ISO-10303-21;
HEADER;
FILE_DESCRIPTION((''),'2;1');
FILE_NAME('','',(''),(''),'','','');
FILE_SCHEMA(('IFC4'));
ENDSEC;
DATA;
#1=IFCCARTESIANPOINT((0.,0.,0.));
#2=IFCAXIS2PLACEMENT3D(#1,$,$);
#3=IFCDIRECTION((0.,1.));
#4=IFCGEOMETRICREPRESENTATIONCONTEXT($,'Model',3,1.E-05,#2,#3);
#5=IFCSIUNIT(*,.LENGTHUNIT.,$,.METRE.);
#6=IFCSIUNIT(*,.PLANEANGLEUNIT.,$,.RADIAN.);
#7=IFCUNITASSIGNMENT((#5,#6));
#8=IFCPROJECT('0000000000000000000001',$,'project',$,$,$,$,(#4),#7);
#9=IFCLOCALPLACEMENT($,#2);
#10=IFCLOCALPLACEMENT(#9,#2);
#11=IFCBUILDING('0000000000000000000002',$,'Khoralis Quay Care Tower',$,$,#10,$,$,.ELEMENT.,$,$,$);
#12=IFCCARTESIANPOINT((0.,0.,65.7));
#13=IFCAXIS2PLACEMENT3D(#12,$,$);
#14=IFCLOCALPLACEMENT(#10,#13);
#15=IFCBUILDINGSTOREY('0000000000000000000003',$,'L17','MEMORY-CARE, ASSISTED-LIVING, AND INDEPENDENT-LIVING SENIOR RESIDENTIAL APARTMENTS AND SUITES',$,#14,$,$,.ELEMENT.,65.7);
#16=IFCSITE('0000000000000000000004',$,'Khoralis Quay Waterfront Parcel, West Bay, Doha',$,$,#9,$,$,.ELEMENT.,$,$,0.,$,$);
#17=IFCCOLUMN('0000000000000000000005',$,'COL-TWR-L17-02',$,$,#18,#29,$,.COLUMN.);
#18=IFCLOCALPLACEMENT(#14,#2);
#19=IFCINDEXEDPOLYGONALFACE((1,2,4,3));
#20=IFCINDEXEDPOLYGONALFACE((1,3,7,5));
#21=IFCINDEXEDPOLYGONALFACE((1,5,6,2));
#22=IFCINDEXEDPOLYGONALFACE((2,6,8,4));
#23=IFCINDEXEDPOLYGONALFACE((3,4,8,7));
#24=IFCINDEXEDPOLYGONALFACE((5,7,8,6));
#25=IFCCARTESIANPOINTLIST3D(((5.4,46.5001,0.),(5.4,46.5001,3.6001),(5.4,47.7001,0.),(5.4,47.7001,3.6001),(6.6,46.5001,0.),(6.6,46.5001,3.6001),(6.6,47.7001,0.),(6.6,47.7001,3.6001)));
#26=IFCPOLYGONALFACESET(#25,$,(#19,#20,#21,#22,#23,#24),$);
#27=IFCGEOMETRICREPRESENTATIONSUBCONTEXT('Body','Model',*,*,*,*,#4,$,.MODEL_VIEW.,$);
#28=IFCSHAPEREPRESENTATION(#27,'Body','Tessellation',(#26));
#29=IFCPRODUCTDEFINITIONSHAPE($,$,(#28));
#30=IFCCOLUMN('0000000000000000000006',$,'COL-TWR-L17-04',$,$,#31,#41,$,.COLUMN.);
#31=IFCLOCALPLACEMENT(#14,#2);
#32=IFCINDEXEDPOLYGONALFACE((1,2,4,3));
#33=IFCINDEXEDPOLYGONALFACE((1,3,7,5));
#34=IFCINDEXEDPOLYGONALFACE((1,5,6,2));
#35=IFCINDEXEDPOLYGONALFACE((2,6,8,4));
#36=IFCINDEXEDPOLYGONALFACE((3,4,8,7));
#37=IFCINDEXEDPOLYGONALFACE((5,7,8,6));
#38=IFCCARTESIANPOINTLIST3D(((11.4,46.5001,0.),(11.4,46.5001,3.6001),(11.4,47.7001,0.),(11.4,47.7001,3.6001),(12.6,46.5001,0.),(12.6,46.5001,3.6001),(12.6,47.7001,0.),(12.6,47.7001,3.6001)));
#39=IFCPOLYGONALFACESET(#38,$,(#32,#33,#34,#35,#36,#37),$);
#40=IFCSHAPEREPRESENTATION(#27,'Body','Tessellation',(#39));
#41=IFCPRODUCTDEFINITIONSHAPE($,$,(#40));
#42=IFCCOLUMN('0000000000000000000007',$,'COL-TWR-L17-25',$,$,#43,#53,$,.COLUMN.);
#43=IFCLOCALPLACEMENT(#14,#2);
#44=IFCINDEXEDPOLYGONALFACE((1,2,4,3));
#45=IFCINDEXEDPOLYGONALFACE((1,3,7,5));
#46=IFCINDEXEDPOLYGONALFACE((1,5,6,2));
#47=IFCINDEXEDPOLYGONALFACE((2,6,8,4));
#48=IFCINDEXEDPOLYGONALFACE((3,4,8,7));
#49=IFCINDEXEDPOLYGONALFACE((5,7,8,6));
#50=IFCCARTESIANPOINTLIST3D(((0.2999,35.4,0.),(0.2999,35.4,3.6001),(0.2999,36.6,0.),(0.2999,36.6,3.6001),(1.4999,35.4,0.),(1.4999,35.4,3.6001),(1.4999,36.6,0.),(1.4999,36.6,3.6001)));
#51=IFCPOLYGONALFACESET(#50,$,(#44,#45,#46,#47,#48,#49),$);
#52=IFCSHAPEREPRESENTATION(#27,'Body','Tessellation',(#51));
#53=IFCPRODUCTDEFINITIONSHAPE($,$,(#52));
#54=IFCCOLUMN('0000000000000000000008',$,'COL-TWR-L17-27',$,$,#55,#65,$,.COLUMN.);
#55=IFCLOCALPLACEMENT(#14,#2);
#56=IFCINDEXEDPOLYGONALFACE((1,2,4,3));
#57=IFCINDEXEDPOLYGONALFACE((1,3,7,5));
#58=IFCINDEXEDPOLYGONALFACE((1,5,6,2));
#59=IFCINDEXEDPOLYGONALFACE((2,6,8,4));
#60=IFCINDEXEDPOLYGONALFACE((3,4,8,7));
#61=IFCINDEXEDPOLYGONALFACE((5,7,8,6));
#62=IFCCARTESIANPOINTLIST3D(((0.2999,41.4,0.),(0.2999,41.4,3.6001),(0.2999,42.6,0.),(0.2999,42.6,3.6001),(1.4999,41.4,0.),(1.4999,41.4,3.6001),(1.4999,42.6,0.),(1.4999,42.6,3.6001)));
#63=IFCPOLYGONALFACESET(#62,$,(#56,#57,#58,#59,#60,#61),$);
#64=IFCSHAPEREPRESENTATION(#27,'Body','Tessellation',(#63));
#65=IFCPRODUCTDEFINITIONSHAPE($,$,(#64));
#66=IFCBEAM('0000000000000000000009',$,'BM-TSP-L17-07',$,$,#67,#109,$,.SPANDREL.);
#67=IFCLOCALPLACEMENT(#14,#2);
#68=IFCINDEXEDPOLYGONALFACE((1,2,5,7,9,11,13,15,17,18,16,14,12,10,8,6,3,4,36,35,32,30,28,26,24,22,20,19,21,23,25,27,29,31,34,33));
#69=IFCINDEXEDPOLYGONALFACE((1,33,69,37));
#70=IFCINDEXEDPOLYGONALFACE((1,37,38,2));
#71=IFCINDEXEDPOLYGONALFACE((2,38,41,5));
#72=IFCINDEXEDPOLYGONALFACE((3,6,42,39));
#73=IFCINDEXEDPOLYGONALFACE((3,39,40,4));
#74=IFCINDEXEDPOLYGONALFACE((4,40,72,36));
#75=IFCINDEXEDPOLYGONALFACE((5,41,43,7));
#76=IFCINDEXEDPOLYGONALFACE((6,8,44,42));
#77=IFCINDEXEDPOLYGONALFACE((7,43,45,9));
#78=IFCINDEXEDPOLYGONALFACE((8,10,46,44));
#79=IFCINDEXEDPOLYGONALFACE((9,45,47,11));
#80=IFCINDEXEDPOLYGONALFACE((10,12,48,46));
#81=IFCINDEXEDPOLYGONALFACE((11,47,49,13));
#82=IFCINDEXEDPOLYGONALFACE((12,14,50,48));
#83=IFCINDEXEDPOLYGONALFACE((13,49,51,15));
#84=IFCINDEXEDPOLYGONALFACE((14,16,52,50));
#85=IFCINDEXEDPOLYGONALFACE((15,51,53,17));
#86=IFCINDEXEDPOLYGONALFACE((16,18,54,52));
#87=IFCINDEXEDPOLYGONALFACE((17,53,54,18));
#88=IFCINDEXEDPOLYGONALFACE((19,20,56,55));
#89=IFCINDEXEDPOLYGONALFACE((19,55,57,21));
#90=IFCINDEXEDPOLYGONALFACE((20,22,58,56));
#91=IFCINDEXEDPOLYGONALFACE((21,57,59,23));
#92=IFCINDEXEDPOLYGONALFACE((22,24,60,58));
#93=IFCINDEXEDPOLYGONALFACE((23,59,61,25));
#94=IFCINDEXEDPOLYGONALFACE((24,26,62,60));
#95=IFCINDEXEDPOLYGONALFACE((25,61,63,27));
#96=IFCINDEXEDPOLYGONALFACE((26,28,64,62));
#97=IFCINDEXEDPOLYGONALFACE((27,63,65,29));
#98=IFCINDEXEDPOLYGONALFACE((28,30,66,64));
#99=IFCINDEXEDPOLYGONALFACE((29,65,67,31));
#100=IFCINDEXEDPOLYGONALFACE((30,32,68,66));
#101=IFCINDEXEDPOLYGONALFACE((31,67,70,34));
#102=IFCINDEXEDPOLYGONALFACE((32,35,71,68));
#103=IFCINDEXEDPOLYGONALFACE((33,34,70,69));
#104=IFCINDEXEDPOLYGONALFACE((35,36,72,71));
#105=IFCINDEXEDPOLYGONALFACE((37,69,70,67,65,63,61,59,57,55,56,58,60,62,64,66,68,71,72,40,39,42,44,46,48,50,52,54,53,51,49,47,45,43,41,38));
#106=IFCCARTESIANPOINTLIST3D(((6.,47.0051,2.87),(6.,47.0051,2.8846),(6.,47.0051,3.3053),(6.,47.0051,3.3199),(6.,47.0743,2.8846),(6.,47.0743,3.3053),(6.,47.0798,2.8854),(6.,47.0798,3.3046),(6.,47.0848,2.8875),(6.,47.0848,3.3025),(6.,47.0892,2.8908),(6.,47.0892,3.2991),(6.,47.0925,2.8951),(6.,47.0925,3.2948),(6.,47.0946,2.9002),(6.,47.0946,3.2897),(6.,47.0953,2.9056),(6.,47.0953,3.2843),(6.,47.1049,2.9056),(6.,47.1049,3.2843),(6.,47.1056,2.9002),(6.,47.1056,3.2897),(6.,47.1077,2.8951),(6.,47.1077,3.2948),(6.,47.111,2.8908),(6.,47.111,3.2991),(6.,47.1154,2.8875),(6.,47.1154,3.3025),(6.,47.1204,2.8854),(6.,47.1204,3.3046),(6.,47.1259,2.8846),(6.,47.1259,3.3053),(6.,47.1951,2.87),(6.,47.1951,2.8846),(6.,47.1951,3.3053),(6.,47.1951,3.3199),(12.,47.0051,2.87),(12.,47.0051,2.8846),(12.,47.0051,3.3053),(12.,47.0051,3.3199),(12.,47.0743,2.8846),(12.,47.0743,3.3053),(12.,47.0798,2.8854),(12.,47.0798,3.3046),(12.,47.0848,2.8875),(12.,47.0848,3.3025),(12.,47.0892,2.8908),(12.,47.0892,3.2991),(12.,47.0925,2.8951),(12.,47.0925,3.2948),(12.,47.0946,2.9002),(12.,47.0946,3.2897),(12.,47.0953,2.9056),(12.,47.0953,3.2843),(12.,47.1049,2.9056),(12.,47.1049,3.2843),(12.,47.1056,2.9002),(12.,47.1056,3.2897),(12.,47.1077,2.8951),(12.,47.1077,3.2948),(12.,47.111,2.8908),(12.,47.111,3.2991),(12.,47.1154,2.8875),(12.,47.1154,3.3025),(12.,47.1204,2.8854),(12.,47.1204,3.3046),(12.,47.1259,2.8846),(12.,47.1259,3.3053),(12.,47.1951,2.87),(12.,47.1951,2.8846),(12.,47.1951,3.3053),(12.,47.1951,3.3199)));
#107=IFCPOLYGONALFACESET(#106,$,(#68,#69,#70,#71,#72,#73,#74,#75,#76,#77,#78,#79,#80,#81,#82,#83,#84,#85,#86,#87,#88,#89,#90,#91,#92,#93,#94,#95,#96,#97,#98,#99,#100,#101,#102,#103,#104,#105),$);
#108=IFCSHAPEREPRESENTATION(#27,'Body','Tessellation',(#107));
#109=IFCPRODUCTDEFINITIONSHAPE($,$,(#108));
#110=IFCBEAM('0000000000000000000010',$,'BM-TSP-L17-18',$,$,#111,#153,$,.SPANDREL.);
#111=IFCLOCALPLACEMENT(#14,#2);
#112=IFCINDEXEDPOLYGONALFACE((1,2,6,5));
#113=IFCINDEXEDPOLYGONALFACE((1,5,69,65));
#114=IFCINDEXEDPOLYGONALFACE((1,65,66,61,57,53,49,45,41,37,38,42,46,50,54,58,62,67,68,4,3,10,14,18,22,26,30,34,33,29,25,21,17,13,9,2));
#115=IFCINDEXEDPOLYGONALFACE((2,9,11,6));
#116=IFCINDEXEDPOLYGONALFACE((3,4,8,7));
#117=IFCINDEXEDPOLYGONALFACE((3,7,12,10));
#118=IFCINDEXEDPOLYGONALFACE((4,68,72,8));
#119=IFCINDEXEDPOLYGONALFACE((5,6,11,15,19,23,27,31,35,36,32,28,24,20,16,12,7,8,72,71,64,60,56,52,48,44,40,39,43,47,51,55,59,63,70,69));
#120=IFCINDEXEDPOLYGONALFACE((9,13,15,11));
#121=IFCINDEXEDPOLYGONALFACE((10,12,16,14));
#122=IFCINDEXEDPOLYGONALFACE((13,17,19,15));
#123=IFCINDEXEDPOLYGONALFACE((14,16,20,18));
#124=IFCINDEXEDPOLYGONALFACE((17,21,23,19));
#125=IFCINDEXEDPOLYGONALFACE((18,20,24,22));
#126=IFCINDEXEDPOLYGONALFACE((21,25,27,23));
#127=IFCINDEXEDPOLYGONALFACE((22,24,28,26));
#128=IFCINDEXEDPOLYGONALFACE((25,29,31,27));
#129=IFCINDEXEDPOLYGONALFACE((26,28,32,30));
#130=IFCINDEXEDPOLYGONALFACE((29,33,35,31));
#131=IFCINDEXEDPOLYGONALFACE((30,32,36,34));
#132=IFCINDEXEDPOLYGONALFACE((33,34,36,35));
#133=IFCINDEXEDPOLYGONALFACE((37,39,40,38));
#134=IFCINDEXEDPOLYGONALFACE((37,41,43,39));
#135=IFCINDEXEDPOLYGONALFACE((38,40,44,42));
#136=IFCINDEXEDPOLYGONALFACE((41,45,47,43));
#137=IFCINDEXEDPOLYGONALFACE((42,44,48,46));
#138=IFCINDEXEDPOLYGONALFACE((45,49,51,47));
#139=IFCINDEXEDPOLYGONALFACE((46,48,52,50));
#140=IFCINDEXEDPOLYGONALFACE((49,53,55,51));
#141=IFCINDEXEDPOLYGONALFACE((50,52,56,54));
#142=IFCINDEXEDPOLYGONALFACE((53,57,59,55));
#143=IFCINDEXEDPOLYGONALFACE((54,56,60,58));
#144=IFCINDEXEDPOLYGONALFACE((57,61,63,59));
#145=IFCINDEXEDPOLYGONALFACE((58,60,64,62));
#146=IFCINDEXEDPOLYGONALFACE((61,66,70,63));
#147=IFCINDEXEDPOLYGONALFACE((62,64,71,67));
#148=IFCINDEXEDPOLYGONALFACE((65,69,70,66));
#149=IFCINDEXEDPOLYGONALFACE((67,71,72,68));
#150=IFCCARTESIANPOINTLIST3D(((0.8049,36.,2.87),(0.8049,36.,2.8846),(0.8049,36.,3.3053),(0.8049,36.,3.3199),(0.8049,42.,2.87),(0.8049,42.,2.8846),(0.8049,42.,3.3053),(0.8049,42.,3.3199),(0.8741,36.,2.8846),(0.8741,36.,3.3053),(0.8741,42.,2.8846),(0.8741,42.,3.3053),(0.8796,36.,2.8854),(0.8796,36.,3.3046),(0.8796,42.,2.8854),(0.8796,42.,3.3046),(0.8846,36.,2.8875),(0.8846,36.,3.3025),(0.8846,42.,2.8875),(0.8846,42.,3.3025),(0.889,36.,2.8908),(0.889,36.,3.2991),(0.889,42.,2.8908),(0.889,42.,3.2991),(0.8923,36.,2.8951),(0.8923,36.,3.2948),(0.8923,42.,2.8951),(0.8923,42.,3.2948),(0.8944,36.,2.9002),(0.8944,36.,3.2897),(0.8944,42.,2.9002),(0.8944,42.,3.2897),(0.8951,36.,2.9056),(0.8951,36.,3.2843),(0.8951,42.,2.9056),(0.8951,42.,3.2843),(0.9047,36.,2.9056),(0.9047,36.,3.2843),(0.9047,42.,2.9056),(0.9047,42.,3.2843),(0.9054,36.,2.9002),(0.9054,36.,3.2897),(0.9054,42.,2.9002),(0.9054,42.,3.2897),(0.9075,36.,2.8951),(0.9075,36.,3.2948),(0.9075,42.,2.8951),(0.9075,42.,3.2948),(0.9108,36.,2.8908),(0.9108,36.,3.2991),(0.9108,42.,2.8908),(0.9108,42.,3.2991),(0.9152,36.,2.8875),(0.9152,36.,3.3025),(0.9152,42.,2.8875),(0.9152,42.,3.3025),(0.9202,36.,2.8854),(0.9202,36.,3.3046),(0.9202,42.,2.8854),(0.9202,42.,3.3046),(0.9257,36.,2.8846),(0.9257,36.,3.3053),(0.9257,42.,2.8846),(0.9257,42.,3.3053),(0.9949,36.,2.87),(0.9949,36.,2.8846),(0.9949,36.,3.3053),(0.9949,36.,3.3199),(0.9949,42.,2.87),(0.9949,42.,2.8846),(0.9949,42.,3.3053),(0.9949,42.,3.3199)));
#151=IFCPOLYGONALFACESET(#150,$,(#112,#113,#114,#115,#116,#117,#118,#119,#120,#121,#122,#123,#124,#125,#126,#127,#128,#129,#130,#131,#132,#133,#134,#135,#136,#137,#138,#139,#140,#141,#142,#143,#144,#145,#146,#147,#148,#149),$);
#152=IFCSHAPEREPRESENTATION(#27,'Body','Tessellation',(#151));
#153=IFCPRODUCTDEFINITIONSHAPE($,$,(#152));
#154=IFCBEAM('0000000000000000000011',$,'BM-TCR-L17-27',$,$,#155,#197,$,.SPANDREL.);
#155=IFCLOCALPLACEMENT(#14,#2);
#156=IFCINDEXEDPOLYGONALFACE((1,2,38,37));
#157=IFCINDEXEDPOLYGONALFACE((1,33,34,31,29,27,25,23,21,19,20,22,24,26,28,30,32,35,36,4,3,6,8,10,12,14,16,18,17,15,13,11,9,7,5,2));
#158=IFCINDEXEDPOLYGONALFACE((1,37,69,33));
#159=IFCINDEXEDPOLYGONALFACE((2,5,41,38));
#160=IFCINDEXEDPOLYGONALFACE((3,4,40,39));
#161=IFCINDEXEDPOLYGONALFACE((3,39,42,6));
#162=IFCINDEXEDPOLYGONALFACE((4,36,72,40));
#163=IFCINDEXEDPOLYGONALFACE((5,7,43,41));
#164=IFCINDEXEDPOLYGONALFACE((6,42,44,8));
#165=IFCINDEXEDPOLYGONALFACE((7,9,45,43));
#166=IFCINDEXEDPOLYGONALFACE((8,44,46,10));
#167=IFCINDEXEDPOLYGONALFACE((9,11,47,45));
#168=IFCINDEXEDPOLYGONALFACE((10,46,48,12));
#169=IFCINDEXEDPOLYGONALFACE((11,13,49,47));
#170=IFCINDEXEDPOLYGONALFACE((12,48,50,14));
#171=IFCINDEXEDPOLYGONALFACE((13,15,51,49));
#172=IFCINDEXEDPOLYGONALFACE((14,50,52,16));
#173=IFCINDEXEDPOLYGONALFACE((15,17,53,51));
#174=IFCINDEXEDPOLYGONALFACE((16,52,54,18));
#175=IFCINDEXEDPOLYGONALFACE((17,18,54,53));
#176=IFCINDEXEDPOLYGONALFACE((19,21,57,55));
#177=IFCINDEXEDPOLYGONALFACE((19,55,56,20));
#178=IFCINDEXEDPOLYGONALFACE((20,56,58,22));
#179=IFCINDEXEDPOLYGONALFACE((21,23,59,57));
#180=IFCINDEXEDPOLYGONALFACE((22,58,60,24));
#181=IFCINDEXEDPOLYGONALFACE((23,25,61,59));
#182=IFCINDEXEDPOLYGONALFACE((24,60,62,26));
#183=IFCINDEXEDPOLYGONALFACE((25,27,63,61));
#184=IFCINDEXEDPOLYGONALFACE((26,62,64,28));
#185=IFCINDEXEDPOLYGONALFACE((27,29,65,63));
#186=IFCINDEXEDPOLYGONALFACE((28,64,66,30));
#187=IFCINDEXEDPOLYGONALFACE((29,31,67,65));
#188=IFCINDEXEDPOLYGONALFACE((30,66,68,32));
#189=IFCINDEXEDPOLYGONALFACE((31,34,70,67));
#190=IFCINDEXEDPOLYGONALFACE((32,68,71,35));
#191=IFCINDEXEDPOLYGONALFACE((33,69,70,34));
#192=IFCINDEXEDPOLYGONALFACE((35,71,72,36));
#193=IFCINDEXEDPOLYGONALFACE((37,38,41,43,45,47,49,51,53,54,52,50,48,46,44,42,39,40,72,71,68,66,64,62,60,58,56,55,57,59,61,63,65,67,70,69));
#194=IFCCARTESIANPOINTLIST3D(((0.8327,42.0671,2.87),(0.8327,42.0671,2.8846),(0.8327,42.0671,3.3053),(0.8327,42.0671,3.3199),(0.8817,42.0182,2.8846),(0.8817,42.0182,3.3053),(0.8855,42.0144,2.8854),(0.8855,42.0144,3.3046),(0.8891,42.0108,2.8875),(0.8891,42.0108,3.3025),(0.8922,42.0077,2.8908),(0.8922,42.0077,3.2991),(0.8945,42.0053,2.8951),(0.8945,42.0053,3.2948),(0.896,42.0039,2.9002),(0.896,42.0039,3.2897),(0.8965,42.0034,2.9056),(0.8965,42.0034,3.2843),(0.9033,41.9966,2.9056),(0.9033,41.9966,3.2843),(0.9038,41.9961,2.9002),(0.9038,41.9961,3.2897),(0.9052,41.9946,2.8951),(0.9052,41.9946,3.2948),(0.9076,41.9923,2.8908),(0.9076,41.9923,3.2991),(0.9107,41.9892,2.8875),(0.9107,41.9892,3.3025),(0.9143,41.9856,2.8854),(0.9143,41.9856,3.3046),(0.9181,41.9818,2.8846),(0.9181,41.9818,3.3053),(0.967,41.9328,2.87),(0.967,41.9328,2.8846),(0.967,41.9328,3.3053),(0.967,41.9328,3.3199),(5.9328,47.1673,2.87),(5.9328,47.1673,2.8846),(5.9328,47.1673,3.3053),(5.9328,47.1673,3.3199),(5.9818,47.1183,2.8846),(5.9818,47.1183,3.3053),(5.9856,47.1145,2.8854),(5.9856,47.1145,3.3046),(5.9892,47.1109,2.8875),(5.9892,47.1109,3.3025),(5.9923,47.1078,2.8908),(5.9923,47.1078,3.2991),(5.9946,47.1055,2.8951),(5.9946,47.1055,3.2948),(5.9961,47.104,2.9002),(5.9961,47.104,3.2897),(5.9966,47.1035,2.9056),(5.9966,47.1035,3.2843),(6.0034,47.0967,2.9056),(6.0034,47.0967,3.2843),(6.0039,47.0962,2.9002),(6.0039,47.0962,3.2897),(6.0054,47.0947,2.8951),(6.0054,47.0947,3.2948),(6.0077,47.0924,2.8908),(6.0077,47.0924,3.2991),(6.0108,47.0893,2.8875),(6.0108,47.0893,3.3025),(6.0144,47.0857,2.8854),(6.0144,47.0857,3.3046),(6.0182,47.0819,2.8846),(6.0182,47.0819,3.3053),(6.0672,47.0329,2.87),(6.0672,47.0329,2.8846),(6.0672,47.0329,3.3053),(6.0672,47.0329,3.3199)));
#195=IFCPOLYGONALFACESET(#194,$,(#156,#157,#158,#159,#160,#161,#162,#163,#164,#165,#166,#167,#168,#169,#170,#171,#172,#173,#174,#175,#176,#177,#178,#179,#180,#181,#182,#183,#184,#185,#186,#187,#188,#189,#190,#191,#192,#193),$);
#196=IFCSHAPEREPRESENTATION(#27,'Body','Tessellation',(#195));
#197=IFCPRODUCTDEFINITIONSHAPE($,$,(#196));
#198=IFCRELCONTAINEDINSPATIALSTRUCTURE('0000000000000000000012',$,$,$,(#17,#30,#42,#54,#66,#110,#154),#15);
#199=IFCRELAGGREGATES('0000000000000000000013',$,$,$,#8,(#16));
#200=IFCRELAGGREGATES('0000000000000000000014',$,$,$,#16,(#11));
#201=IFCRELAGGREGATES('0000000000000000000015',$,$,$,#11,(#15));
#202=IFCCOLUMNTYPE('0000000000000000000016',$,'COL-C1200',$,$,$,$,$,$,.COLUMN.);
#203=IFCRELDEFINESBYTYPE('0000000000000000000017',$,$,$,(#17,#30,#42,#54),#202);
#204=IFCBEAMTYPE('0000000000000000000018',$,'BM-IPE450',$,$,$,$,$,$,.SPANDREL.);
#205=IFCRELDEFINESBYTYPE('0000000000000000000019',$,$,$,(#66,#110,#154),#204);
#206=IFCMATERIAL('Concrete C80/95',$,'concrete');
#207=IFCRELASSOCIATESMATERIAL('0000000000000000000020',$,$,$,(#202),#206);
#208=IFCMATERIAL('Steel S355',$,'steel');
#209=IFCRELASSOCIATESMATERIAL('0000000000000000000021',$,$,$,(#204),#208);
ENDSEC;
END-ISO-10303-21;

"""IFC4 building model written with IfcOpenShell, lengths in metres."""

from ifc_helpers import new_model, si_unit, direction, frame, origin, origin_2d, place, context, subcontext, project, spatial, rectangle, i_section, extrude, source, transform, mapped, material, material_profile, profile_set, type_object, element, save


model = new_model("IFC4")

# Units and contexts
model_context = context("Model", 3, precision=1e-05, world=origin(), true_north=direction((0.0, 1.0)))
body_context = subcontext(model_context, "Body", "Model", "MODEL_VIEW")
ifc_project = project(units=[si_unit("LENGTHUNIT", "METRE"), si_unit("PLANEANGLEUNIT", "RADIAN")], contexts=[model_context])

# Site, building, storey
site_placement = place(None, origin())
site = spatial("IfcSite", under=ifc_project, at=site_placement, Name="Khoralis Quay Waterfront Parcel, West Bay, Doha", CompositionType="ELEMENT", RefElevation=0.0)
building_placement = place(site_placement, origin())
building = spatial("IfcBuilding", under=site, at=building_placement, Name="Khoralis Quay Care Tower", CompositionType="ELEMENT")
storey_placement = place(building_placement, frame((0.0, 0.0, 65.7)))
storey = spatial("IfcBuildingStorey", under=building, at=storey_placement, Name="L17", Description="MEMORY-CARE, ASSISTED-LIVING, AND INDEPENDENT-LIVING SENIOR RESIDENTIAL APARTMENTS AND SUITES", CompositionType="ELEMENT", Elevation=65.7)

# Columns
ifc_material_1 = material(Name="Concrete C80/95", Category="concrete")
ifc_material_profile_1 = material_profile(ifc_material_1, rectangle(XDim=1.2, YDim=1.2, at=origin_2d()), Name="Concrete C80/95")
ifc_profile_set_1 = profile_set([ifc_material_profile_1], Name="Concrete C80/95")
column_type = type_object("IfcColumnType", Name="COL-C1200", PredefinedType="COLUMN", material=ifc_profile_set_1)
shared_shape_1 = source(origin(), body_context, "Body", "SweptSolid", [
    extrude(rectangle(XDim=1.2, YDim=1.2, at=origin_2d()), origin(), (0.0, 0.0, 1.0), 3.6001),
])
for number, where, z_axis, x_axis, name in (
    (1, (6.0, 47.1001, 0.0), (0.0, 0.0, 1.0), (1.0, 0.0, 0.0), "COL-TWR-L17-02"),
    (2, (12.0, 47.1001, 0.0), (0.0, 0.0, 1.0), (1.0, 0.0, 0.0), "COL-TWR-L17-04"),
    (3, (0.8999, 36.0, 0.0), (0.0, 0.0, 1.0), (1.0, 0.0, 0.0), "COL-TWR-L17-25"),
    (4, (0.8999, 42.0, 0.0), (0.0, 0.0, 1.0), (1.0, 0.0, 0.0), "COL-TWR-L17-27"),
):
    element("IfcColumn", number, at=place(storey_placement, frame(where, z_axis=z_axis, x_axis=x_axis)), inside=storey, type_object=column_type, Name=name, PredefinedType="COLUMN", context=body_context, shape_type="MappedRepresentation", body=[
        mapped(shared_shape_1, transform((0.0, 0.0, 0.0), scale=1.0)),
    ])

# Beams
ifc_material_2 = material(Name="Steel S355", Category="steel")
ifc_material_profile_2 = material_profile(ifc_material_2, i_section(OverallWidth=0.1899, OverallDepth=0.45, WebThickness=0.0095, FlangeThickness=0.0146, FilletRadius=0.021, at=origin_2d()), Name="Steel S355")
ifc_profile_set_2 = profile_set([ifc_material_profile_2], Name="Steel S355")
beam_type_1 = type_object("IfcBeamType", Name="BM-IPE450", PredefinedType="SPANDREL", material=ifc_profile_set_2)
shared_shape_2 = source(origin(), body_context, "Body", "SweptSolid", [
    extrude(i_section(OverallWidth=0.1899, OverallDepth=0.45, WebThickness=0.0095, FlangeThickness=0.0146, FilletRadius=0.021, at=origin_2d()), origin(), (0.0, 0.0, 1.0), 6.0),
])
for number, where, z_axis, x_axis, name in (
    (5, (6.0, 47.1001, 3.095), (1.0, 0.0, 0.0), (0.0, 1.0, 0.0), "BM-TSP-L17-07"),
    (6, (0.8999, 36.0, 3.095), (0.0, 1.0, 0.0), (-1.0, 0.0, 0.0), "BM-TSP-L17-18"),
):
    element("IfcBeam", number, at=place(storey_placement, frame(where, z_axis=z_axis, x_axis=x_axis)), inside=storey, type_object=beam_type_1, Name=name, PredefinedType="SPANDREL", context=body_context, shape_type="MappedRepresentation", body=[
        mapped(shared_shape_2, transform((0.0, 0.0, 0.0), scale=1.0)),
    ])
shared_shape_3 = source(origin(), body_context, "Body", "SweptSolid", [
    extrude(i_section(OverallWidth=0.1899, OverallDepth=0.45, WebThickness=0.0095, FlangeThickness=0.0146, FilletRadius=0.021, at=origin_2d()), origin(), (0.0, 0.0, 1.0), 7.2126),
])
beam_placement = place(storey_placement, frame((6.0, 47.1001, 3.095), z_axis=(-0.707107, -0.707107, 0.0), x_axis=(0.707107, -0.707107, 0.0)))
element("IfcBeam", 7, at=beam_placement, inside=storey, type_object=beam_type_1, Name="BM-TCR-L17-27", PredefinedType="SPANDREL", context=body_context, shape_type="MappedRepresentation", body=[
    mapped(shared_shape_3, transform((0.0, 0.0, 0.0), scale=1.0)),
])

save(model, "model.ifc")
